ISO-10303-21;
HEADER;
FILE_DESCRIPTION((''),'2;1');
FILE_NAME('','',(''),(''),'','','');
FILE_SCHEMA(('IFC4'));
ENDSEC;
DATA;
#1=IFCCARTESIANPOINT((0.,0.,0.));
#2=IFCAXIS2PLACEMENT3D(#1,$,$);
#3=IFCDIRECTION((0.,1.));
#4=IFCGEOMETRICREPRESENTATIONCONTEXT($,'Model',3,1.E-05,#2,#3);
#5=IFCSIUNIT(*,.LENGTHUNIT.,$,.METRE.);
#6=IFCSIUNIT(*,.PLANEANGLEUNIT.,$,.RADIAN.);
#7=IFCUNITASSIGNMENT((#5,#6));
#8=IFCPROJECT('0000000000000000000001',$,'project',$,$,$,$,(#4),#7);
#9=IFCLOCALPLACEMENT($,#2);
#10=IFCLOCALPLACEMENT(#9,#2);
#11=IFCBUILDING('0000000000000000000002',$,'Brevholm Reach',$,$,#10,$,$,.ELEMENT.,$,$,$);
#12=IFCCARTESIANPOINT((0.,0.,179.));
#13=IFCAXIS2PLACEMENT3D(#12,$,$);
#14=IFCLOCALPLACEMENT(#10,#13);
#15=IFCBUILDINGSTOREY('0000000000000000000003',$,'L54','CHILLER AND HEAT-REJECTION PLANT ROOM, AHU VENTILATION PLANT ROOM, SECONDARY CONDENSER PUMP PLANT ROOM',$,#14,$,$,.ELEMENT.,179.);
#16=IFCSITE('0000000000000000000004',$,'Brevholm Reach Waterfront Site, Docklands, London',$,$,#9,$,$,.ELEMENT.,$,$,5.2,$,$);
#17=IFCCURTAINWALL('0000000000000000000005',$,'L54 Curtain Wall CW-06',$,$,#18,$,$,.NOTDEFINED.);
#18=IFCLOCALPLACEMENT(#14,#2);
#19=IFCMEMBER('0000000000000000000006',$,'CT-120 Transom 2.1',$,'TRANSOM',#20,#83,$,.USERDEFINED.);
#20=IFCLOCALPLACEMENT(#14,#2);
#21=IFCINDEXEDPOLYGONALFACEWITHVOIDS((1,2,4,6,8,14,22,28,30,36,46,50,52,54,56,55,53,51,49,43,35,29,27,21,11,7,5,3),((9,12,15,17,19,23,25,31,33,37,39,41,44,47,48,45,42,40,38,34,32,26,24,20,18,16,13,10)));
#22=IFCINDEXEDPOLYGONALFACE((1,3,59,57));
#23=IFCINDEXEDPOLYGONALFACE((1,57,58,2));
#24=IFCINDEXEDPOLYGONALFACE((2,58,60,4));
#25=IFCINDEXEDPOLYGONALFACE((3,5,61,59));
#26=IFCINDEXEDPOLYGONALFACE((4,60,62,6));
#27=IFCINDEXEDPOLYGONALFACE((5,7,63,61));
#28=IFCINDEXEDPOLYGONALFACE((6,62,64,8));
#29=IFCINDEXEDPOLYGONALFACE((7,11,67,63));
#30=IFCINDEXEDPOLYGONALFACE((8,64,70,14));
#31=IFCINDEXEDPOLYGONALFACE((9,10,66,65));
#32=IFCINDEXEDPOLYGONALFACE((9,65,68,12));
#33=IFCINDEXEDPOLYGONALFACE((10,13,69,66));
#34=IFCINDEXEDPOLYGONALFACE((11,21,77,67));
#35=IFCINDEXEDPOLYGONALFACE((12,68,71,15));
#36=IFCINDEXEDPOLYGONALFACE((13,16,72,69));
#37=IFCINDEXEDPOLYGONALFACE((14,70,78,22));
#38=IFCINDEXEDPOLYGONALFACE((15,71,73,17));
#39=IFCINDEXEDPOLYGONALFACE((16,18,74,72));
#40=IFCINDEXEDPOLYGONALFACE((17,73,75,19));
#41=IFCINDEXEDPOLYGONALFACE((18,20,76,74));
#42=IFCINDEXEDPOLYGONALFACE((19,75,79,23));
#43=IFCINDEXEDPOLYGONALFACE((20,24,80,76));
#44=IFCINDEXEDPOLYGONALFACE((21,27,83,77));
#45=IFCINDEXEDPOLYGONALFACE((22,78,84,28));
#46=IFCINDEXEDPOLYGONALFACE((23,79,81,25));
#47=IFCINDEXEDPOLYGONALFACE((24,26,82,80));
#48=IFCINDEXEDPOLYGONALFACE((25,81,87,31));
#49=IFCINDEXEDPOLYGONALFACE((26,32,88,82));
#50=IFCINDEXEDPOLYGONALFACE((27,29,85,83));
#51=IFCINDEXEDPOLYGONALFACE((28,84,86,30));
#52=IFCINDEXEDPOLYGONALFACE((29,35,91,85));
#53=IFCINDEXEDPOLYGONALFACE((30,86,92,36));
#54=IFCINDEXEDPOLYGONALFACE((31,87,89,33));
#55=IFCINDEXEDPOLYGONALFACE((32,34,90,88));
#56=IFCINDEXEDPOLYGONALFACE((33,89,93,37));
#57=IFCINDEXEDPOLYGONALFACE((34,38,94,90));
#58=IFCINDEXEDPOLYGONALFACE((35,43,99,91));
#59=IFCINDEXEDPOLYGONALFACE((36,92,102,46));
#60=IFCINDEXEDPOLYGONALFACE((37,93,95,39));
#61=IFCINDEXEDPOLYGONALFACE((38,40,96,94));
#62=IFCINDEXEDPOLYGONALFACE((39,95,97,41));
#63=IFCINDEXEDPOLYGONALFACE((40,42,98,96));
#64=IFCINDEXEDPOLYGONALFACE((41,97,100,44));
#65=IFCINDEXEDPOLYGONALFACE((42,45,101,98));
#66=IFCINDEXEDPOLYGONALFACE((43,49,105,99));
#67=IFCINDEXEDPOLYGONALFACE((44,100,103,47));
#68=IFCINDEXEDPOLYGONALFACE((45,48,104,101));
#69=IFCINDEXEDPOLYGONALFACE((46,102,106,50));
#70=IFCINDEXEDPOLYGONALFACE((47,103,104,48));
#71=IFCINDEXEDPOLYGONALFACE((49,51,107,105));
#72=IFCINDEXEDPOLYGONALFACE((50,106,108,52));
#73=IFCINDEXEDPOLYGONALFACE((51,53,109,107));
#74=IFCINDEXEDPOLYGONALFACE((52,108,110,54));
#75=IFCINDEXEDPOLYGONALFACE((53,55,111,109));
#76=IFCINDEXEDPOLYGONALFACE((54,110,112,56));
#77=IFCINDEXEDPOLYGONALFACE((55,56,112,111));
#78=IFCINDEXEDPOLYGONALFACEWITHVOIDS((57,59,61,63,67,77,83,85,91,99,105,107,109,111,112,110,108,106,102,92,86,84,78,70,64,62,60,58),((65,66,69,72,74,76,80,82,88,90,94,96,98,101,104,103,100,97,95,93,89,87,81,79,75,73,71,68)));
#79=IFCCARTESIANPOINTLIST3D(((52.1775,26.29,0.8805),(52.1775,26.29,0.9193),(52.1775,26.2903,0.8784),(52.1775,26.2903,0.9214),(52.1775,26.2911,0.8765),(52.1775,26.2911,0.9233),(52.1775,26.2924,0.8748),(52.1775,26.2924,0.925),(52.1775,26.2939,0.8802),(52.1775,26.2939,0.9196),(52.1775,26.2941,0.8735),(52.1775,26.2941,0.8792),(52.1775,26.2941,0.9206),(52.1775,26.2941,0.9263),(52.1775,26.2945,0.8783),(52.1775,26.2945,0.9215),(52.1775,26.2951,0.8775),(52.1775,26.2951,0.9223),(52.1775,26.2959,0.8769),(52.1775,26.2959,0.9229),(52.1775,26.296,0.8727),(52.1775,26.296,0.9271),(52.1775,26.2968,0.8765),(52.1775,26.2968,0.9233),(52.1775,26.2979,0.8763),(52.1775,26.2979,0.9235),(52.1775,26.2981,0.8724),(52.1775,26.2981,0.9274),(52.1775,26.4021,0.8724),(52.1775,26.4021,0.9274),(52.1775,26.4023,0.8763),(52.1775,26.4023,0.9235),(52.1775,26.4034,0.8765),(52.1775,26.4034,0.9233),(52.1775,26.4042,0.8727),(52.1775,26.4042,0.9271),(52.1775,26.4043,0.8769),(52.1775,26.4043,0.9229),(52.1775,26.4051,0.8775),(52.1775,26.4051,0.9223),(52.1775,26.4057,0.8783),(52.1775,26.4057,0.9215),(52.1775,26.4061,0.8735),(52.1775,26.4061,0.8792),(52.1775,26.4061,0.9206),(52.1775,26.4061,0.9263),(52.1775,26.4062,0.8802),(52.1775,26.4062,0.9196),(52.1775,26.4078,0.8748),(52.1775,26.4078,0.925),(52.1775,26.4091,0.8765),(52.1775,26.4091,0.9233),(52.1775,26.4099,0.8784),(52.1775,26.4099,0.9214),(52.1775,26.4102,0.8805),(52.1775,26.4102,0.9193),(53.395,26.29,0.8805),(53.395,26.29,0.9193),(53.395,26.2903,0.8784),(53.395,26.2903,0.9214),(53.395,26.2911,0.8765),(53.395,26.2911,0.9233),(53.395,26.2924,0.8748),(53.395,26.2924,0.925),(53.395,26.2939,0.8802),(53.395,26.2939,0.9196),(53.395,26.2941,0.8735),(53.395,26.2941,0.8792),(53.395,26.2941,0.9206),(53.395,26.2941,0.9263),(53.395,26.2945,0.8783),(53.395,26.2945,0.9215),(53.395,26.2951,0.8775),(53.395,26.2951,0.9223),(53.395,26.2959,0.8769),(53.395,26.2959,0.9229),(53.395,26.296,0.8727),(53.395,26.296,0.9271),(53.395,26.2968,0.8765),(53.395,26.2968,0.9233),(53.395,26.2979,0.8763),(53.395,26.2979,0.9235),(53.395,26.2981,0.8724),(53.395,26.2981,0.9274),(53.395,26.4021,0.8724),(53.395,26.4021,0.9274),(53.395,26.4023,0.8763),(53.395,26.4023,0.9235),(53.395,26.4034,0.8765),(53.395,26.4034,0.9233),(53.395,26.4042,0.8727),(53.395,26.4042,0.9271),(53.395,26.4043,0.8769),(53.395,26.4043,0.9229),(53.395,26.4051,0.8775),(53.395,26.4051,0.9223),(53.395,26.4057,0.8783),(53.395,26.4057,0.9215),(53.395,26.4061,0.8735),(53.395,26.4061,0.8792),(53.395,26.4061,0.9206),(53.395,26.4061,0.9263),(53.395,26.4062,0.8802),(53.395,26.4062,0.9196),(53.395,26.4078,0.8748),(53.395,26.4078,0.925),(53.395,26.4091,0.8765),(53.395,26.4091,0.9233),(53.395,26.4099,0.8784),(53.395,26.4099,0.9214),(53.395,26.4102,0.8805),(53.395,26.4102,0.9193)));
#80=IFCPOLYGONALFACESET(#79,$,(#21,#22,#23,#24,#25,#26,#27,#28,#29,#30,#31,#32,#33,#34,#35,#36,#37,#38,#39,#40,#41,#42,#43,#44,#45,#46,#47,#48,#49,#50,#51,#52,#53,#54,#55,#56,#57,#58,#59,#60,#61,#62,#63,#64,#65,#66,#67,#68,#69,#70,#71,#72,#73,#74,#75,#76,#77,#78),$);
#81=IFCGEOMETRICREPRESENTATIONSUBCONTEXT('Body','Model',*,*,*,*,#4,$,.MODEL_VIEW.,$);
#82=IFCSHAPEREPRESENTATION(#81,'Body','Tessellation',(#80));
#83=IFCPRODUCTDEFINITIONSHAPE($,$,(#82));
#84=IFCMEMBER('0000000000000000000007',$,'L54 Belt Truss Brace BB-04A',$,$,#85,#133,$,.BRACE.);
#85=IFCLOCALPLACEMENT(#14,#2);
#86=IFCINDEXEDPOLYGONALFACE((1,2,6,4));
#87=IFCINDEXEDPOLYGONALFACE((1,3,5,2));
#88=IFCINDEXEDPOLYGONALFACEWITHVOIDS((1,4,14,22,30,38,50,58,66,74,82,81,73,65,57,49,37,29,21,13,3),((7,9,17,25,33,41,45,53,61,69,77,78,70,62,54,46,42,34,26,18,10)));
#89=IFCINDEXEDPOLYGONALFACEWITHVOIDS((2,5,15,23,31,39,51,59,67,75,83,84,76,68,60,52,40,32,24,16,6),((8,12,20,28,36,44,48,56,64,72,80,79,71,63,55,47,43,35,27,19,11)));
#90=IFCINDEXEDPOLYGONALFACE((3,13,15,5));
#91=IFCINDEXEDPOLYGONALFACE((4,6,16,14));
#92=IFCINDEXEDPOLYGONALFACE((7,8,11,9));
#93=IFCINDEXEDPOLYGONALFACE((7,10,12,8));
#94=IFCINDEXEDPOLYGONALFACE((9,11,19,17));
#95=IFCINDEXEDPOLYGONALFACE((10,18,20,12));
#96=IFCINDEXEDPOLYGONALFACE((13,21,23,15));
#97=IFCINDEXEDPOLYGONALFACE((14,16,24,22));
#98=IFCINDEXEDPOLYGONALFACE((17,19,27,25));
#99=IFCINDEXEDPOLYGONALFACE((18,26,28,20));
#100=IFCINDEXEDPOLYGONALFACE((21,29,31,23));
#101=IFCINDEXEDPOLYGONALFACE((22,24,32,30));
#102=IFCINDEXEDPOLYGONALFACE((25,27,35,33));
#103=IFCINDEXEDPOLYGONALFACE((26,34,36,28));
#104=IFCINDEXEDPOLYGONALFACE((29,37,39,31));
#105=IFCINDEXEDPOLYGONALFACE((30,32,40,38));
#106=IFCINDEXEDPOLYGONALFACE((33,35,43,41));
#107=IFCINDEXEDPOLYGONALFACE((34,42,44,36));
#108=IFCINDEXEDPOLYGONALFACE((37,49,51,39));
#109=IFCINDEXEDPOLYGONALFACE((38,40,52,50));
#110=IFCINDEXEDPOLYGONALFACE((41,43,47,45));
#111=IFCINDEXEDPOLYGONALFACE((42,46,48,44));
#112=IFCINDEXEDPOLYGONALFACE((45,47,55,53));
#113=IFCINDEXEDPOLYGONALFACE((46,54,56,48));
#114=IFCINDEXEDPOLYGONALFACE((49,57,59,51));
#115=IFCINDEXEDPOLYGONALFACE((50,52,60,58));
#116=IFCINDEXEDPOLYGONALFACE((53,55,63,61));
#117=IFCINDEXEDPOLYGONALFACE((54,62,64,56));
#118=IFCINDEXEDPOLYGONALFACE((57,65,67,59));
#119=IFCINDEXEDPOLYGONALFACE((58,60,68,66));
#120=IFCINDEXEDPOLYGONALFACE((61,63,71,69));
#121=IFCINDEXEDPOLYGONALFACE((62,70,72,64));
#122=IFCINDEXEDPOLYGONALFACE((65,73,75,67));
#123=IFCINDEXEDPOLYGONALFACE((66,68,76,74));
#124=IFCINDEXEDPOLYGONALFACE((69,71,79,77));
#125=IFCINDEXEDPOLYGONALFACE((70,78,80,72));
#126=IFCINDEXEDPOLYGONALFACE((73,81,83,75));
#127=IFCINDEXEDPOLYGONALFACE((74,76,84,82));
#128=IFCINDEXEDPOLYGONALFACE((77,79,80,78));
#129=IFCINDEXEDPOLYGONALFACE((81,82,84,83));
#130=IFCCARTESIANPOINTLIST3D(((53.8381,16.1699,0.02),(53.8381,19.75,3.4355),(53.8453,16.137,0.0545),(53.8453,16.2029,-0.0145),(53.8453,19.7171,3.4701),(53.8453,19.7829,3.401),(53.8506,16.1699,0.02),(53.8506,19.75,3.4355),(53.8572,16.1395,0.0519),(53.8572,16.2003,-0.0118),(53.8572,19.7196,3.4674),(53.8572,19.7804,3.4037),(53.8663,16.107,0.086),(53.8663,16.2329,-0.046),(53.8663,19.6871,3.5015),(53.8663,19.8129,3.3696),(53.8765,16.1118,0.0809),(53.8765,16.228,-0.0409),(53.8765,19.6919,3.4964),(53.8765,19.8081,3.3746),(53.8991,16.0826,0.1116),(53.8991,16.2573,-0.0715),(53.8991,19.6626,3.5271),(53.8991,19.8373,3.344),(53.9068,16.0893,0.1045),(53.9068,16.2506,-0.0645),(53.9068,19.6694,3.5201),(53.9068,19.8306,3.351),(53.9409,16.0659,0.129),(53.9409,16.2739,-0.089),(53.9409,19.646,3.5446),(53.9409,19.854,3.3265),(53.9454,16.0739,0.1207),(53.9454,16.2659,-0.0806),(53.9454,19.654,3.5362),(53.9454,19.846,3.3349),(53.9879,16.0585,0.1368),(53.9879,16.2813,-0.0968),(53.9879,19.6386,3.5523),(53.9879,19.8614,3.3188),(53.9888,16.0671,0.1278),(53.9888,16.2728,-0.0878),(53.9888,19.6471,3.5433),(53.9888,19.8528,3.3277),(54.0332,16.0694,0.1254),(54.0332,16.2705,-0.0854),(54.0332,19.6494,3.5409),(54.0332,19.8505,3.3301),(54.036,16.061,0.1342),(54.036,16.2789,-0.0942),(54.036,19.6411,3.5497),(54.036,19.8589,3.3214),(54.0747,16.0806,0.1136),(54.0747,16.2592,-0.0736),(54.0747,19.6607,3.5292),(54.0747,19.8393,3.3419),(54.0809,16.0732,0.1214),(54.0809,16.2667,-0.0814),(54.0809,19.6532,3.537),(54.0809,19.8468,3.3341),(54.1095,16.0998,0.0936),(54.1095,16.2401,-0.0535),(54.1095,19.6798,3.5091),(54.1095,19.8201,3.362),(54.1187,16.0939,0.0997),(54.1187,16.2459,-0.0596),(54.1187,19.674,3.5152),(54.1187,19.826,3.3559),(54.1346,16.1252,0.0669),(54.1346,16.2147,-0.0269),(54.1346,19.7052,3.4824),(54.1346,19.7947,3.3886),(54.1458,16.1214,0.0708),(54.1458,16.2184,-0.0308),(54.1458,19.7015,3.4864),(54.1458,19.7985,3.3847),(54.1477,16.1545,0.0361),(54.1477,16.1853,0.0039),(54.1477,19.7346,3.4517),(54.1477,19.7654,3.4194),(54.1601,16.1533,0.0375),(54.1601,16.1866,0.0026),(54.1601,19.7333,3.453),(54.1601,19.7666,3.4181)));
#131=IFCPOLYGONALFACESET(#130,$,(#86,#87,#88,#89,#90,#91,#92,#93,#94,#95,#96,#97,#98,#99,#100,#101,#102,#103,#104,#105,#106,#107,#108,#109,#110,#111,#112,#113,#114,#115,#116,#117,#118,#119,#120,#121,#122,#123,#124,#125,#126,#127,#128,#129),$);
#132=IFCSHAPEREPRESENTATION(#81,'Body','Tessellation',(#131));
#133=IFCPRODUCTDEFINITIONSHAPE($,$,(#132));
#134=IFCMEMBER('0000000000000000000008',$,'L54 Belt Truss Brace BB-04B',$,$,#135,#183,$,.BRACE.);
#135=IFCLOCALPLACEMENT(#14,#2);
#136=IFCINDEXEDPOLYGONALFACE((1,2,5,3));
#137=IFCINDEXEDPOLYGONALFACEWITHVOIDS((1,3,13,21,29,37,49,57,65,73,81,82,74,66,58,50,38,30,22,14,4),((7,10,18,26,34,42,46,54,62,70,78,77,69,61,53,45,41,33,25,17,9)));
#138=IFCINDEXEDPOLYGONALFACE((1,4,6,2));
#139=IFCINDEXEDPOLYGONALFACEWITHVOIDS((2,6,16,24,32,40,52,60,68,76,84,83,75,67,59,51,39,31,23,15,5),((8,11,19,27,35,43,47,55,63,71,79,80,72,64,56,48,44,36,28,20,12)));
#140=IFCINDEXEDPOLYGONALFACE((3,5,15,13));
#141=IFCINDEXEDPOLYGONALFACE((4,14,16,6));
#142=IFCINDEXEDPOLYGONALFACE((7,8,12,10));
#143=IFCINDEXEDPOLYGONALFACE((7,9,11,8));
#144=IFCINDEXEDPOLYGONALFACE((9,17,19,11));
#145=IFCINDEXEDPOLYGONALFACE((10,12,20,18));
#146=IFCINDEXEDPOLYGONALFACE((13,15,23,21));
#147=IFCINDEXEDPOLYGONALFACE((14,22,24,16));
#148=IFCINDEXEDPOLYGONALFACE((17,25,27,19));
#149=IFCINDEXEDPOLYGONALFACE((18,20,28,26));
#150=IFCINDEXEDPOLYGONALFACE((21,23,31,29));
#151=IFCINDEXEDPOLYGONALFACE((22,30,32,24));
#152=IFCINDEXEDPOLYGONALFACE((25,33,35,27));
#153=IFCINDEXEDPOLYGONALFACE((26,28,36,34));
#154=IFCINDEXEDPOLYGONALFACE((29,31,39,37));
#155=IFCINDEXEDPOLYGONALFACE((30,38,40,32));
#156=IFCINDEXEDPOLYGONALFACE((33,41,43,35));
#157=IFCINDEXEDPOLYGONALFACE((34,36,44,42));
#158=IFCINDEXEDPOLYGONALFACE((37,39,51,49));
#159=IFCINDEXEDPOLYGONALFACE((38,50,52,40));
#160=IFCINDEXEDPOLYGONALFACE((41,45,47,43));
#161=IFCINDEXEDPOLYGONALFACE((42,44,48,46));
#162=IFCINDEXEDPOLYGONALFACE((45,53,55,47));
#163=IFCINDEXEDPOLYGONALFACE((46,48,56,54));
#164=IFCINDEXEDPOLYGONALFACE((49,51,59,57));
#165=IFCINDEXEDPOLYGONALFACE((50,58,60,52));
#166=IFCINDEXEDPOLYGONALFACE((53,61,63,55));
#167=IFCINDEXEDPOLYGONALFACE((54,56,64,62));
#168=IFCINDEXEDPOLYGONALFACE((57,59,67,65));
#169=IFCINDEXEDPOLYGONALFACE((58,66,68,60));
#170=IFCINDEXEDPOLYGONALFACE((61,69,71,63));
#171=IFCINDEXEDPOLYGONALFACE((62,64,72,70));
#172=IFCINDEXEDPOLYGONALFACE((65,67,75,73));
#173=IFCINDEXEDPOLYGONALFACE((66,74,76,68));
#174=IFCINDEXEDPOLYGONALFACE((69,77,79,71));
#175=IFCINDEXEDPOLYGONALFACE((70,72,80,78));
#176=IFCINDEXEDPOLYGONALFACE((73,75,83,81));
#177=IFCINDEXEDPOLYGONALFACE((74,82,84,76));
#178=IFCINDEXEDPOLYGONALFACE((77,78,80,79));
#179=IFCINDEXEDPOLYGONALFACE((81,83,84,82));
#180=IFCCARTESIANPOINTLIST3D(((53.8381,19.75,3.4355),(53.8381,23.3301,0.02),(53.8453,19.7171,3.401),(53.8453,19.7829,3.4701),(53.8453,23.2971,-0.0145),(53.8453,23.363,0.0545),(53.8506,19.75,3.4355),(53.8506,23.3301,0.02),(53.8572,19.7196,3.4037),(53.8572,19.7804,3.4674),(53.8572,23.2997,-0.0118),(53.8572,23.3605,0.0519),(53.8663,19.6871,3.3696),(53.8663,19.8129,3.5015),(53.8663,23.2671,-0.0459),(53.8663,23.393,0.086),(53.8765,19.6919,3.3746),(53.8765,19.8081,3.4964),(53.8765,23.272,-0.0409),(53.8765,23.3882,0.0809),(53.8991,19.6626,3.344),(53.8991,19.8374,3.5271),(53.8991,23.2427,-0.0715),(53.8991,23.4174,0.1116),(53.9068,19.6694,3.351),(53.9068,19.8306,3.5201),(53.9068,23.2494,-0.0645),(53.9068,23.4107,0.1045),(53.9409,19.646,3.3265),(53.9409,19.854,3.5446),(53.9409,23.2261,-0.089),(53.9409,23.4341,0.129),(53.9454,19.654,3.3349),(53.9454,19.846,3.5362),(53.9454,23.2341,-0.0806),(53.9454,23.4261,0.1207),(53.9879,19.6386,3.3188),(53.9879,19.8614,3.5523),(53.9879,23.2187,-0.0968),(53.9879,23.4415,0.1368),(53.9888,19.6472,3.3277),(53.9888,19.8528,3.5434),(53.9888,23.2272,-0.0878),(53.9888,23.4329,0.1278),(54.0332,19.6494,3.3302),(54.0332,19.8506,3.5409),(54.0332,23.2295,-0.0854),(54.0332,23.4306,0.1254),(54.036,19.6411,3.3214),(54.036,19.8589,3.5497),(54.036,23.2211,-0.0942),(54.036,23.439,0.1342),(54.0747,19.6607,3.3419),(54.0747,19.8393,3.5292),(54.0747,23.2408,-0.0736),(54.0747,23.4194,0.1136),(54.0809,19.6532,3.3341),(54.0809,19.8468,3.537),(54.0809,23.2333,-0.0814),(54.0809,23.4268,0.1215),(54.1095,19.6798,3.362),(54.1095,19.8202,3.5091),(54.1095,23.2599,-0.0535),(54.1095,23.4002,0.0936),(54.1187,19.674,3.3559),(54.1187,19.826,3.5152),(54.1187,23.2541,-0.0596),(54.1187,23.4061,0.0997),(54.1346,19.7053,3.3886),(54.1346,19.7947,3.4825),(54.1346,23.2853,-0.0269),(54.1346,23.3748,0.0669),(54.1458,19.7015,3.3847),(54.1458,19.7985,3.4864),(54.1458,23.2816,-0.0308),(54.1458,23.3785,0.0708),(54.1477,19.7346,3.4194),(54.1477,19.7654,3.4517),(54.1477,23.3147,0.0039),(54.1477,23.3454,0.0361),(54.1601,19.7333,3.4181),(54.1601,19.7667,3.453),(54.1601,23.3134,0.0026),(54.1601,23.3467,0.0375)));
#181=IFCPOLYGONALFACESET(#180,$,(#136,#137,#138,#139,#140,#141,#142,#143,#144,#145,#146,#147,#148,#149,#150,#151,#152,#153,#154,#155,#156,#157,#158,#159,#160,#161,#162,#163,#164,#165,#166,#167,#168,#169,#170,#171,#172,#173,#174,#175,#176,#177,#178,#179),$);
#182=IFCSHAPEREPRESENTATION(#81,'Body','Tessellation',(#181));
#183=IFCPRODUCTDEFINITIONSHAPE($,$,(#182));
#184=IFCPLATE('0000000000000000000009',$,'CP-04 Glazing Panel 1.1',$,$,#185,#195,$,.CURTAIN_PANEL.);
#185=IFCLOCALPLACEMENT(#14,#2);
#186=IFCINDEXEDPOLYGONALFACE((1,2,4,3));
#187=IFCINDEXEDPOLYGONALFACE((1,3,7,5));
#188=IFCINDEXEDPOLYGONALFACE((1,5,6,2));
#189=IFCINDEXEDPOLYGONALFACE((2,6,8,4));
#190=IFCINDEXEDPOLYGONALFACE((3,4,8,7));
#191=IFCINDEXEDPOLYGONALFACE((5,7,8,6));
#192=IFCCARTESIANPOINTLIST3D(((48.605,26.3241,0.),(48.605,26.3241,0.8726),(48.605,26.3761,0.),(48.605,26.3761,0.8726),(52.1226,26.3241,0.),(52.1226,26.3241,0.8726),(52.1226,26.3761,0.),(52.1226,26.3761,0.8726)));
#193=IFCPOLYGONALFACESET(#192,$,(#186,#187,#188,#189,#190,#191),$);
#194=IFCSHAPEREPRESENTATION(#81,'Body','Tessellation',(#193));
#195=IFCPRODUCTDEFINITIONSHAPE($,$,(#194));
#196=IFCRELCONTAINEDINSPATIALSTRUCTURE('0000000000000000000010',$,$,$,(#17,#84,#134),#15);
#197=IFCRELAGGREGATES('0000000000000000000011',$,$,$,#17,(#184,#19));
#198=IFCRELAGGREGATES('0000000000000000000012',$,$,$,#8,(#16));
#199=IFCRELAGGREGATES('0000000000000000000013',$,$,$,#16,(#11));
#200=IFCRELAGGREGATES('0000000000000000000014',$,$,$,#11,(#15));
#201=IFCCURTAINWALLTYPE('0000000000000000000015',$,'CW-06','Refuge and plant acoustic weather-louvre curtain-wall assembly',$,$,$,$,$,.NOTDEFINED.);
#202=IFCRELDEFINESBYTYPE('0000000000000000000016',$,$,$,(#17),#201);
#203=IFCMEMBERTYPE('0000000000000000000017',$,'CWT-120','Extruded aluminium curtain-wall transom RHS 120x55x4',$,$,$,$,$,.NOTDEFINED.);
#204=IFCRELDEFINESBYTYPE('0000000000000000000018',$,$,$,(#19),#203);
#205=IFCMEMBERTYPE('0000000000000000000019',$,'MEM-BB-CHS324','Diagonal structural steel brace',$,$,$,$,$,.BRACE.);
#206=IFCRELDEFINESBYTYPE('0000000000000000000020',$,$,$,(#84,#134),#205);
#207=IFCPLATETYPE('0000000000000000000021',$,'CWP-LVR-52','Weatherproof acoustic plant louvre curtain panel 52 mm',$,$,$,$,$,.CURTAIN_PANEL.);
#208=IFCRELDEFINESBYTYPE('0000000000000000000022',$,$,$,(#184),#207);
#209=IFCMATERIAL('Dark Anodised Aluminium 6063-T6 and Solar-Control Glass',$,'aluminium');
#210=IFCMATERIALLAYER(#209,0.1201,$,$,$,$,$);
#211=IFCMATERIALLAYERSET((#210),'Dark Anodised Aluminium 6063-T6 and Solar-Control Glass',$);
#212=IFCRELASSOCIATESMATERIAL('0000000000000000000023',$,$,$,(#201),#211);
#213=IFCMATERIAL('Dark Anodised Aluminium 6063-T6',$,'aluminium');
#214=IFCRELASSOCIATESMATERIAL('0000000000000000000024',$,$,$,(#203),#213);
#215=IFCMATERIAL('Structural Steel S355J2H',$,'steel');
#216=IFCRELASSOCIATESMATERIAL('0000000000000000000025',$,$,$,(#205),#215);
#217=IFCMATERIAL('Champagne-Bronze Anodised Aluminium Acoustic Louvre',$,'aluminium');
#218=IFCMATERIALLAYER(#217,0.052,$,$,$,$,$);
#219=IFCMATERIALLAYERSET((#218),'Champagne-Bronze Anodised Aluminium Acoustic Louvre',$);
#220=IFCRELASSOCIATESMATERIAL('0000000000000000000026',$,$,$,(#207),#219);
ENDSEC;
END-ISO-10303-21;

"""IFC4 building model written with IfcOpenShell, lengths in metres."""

from ifc_helpers import new_model, si_unit, direction, frame, origin, origin_2d, place, context, subcontext, project, spatial, rectangle, hollow_rectangle, hollow_circle, extrude, material, layer, layer_set, material_profile, profile_set, type_object, element, aggregate, save


model = new_model("IFC4")

# Units and contexts
model_context = context("Model", 3, precision=1e-05, world=origin(), true_north=direction((0.0, 1.0)))
body_context = subcontext(model_context, "Body", "Model", "MODEL_VIEW")
ifc_project = project(units=[si_unit("LENGTHUNIT", "METRE"), si_unit("PLANEANGLEUNIT", "RADIAN")], contexts=[model_context])

# Site, building, storey
site_placement = place(None, origin())
site = spatial("IfcSite", under=ifc_project, at=site_placement, Name="Brevholm Reach Waterfront Site, Docklands, London", CompositionType="ELEMENT", RefElevation=5.2)
building_placement = place(site_placement, origin())
building = spatial("IfcBuilding", under=site, at=building_placement, Name="Brevholm Reach", CompositionType="ELEMENT")
storey_placement = place(building_placement, frame((0.0, 0.0, 179.0)))
storey = spatial("IfcBuildingStorey", under=building, at=storey_placement, Name="L54", Description="CHILLER AND HEAT-REJECTION PLANT ROOM, AHU VENTILATION PLANT ROOM, SECONDARY CONDENSER PUMP PLANT ROOM", CompositionType="ELEMENT", Elevation=179.0)

# Curtain wall, member
ifc_material_1 = material(Name="Dark Anodised Aluminium 6063-T6 and Solar-Control Glass", Category="aluminium")
ifc_layer_1 = layer(ifc_material_1, 0.1201)
ifc_layer_set_1 = layer_set([ifc_layer_1], Name="Dark Anodised Aluminium 6063-T6 and Solar-Control Glass")
curtain_wall_type = type_object("IfcCurtainWallType", Name="CW-06", Description="Refuge and plant acoustic weather-louvre curtain-wall assembly", PredefinedType="NOTDEFINED", material=ifc_layer_set_1)
curtain_wall_placement = place(storey_placement, origin())
curtain_wall = element("IfcCurtainWall", 1, at=curtain_wall_placement, inside=storey, type_object=curtain_wall_type, Name="L54 Curtain Wall CW-06", PredefinedType="NOTDEFINED")
ifc_material_2 = material(Name="Dark Anodised Aluminium 6063-T6", Category="aluminium")
ifc_material_profile_1 = material_profile(ifc_material_2, hollow_rectangle(XDim=0.0549, YDim=0.1201, WallThickness=0.0039, InnerFilletRadius=0.0039, OuterFilletRadius=0.0081, at=origin_2d()), Name="RHS 120x55x4")
ifc_profile_set_1 = profile_set([ifc_material_profile_1], Name="Dark Anodised Aluminium 6063-T6")
member_type_1 = type_object("IfcMemberType", Name="CWT-120", Description="Extruded aluminium curtain-wall transom RHS 120x55x4", PredefinedType="NOTDEFINED", material=ifc_profile_set_1)
member_1_placement = place(storey_placement, frame((52.1775, 26.3501, 0.8999), z_axis=(1.0, 0.0, 0.0), x_axis=(0.0, 0.0, 1.0)))
member_1 = element("IfcMember", 2, at=member_1_placement, type_object=member_type_1, Name="CT-120 Transom 2.1", ObjectType="TRANSOM", PredefinedType="USERDEFINED", context=body_context, shape_type="SweptSolid", body=[
    extrude(hollow_rectangle(XDim=0.0549, YDim=0.1201, WallThickness=0.0039, InnerFilletRadius=0.0039, OuterFilletRadius=0.0081, at=origin_2d()), origin(), (0.0, 0.0, 1.0), 1.2175),
])

# Members
ifc_material_3 = material(Name="Structural Steel S355J2H", Category="steel")
ifc_material_profile_2 = material_profile(ifc_material_3, hollow_circle(Radius=0.1619, WallThickness=0.0125, at=origin_2d()), Name="CHS 323.9x12.5")
ifc_profile_set_2 = profile_set([ifc_material_profile_2], Name="Structural Steel S355J2H")
member_type_2 = type_object("IfcMemberType", Name="MEM-BB-CHS324", Description="Diagonal structural steel brace", PredefinedType="BRACE", material=ifc_profile_set_2)
for number, where, z_axis, x_axis, name in (
    (3, (54.0, 16.1699, 0.02), (0.0, 0.723539, 0.690283), (-1.0, 0.0, 0.0), "L54 Belt Truss Brace BB-04A"),
    (4, (54.0, 19.75, 3.4355), (0.0, 0.723539, -0.690283), (-1.0, 0.0, 0.0), "L54 Belt Truss Brace BB-04B"),
):
    element("IfcMember", number, at=place(storey_placement, frame(where, z_axis=z_axis, x_axis=x_axis)), inside=storey, type_object=member_type_2, Name=name, PredefinedType="BRACE", context=body_context, shape_type="SweptSolid", body=[
        extrude(hollow_circle(Radius=0.1619, WallThickness=0.0125, at=origin_2d()), origin(), (0.0, 0.0, 1.0), 4.948),
    ])

# Plate
ifc_material_4 = material(Name="Champagne-Bronze Anodised Aluminium Acoustic Louvre", Category="aluminium")
ifc_layer_2 = layer(ifc_material_4, 0.052)
ifc_layer_set_2 = layer_set([ifc_layer_2], Name="Champagne-Bronze Anodised Aluminium Acoustic Louvre")
plate_type_1 = type_object("IfcPlateType", Name="CWP-LVR-52", Description="Weatherproof acoustic plant louvre curtain panel 52 mm", PredefinedType="CURTAIN_PANEL", material=ifc_layer_set_2)
plate_1_placement = place(storey_placement, frame((50.3638, 26.3501, 0.0), z_axis=(0.0, 0.0, 1.0), x_axis=(1.0, 0.0, 0.0)))
plate_1 = element("IfcPlate", 5, at=plate_1_placement, type_object=plate_type_1, Name="CP-04 Glazing Panel 1.1", PredefinedType="CURTAIN_PANEL", context=body_context, shape_type="SweptSolid", body=[
    extrude(rectangle(XDim=3.5176, YDim=0.052, at=origin_2d()), origin(), (0.0, 0.0, 1.0), 0.8726),
])
aggregate(curtain_wall, [plate_1, member_1])

save(model, "model.ifc")
